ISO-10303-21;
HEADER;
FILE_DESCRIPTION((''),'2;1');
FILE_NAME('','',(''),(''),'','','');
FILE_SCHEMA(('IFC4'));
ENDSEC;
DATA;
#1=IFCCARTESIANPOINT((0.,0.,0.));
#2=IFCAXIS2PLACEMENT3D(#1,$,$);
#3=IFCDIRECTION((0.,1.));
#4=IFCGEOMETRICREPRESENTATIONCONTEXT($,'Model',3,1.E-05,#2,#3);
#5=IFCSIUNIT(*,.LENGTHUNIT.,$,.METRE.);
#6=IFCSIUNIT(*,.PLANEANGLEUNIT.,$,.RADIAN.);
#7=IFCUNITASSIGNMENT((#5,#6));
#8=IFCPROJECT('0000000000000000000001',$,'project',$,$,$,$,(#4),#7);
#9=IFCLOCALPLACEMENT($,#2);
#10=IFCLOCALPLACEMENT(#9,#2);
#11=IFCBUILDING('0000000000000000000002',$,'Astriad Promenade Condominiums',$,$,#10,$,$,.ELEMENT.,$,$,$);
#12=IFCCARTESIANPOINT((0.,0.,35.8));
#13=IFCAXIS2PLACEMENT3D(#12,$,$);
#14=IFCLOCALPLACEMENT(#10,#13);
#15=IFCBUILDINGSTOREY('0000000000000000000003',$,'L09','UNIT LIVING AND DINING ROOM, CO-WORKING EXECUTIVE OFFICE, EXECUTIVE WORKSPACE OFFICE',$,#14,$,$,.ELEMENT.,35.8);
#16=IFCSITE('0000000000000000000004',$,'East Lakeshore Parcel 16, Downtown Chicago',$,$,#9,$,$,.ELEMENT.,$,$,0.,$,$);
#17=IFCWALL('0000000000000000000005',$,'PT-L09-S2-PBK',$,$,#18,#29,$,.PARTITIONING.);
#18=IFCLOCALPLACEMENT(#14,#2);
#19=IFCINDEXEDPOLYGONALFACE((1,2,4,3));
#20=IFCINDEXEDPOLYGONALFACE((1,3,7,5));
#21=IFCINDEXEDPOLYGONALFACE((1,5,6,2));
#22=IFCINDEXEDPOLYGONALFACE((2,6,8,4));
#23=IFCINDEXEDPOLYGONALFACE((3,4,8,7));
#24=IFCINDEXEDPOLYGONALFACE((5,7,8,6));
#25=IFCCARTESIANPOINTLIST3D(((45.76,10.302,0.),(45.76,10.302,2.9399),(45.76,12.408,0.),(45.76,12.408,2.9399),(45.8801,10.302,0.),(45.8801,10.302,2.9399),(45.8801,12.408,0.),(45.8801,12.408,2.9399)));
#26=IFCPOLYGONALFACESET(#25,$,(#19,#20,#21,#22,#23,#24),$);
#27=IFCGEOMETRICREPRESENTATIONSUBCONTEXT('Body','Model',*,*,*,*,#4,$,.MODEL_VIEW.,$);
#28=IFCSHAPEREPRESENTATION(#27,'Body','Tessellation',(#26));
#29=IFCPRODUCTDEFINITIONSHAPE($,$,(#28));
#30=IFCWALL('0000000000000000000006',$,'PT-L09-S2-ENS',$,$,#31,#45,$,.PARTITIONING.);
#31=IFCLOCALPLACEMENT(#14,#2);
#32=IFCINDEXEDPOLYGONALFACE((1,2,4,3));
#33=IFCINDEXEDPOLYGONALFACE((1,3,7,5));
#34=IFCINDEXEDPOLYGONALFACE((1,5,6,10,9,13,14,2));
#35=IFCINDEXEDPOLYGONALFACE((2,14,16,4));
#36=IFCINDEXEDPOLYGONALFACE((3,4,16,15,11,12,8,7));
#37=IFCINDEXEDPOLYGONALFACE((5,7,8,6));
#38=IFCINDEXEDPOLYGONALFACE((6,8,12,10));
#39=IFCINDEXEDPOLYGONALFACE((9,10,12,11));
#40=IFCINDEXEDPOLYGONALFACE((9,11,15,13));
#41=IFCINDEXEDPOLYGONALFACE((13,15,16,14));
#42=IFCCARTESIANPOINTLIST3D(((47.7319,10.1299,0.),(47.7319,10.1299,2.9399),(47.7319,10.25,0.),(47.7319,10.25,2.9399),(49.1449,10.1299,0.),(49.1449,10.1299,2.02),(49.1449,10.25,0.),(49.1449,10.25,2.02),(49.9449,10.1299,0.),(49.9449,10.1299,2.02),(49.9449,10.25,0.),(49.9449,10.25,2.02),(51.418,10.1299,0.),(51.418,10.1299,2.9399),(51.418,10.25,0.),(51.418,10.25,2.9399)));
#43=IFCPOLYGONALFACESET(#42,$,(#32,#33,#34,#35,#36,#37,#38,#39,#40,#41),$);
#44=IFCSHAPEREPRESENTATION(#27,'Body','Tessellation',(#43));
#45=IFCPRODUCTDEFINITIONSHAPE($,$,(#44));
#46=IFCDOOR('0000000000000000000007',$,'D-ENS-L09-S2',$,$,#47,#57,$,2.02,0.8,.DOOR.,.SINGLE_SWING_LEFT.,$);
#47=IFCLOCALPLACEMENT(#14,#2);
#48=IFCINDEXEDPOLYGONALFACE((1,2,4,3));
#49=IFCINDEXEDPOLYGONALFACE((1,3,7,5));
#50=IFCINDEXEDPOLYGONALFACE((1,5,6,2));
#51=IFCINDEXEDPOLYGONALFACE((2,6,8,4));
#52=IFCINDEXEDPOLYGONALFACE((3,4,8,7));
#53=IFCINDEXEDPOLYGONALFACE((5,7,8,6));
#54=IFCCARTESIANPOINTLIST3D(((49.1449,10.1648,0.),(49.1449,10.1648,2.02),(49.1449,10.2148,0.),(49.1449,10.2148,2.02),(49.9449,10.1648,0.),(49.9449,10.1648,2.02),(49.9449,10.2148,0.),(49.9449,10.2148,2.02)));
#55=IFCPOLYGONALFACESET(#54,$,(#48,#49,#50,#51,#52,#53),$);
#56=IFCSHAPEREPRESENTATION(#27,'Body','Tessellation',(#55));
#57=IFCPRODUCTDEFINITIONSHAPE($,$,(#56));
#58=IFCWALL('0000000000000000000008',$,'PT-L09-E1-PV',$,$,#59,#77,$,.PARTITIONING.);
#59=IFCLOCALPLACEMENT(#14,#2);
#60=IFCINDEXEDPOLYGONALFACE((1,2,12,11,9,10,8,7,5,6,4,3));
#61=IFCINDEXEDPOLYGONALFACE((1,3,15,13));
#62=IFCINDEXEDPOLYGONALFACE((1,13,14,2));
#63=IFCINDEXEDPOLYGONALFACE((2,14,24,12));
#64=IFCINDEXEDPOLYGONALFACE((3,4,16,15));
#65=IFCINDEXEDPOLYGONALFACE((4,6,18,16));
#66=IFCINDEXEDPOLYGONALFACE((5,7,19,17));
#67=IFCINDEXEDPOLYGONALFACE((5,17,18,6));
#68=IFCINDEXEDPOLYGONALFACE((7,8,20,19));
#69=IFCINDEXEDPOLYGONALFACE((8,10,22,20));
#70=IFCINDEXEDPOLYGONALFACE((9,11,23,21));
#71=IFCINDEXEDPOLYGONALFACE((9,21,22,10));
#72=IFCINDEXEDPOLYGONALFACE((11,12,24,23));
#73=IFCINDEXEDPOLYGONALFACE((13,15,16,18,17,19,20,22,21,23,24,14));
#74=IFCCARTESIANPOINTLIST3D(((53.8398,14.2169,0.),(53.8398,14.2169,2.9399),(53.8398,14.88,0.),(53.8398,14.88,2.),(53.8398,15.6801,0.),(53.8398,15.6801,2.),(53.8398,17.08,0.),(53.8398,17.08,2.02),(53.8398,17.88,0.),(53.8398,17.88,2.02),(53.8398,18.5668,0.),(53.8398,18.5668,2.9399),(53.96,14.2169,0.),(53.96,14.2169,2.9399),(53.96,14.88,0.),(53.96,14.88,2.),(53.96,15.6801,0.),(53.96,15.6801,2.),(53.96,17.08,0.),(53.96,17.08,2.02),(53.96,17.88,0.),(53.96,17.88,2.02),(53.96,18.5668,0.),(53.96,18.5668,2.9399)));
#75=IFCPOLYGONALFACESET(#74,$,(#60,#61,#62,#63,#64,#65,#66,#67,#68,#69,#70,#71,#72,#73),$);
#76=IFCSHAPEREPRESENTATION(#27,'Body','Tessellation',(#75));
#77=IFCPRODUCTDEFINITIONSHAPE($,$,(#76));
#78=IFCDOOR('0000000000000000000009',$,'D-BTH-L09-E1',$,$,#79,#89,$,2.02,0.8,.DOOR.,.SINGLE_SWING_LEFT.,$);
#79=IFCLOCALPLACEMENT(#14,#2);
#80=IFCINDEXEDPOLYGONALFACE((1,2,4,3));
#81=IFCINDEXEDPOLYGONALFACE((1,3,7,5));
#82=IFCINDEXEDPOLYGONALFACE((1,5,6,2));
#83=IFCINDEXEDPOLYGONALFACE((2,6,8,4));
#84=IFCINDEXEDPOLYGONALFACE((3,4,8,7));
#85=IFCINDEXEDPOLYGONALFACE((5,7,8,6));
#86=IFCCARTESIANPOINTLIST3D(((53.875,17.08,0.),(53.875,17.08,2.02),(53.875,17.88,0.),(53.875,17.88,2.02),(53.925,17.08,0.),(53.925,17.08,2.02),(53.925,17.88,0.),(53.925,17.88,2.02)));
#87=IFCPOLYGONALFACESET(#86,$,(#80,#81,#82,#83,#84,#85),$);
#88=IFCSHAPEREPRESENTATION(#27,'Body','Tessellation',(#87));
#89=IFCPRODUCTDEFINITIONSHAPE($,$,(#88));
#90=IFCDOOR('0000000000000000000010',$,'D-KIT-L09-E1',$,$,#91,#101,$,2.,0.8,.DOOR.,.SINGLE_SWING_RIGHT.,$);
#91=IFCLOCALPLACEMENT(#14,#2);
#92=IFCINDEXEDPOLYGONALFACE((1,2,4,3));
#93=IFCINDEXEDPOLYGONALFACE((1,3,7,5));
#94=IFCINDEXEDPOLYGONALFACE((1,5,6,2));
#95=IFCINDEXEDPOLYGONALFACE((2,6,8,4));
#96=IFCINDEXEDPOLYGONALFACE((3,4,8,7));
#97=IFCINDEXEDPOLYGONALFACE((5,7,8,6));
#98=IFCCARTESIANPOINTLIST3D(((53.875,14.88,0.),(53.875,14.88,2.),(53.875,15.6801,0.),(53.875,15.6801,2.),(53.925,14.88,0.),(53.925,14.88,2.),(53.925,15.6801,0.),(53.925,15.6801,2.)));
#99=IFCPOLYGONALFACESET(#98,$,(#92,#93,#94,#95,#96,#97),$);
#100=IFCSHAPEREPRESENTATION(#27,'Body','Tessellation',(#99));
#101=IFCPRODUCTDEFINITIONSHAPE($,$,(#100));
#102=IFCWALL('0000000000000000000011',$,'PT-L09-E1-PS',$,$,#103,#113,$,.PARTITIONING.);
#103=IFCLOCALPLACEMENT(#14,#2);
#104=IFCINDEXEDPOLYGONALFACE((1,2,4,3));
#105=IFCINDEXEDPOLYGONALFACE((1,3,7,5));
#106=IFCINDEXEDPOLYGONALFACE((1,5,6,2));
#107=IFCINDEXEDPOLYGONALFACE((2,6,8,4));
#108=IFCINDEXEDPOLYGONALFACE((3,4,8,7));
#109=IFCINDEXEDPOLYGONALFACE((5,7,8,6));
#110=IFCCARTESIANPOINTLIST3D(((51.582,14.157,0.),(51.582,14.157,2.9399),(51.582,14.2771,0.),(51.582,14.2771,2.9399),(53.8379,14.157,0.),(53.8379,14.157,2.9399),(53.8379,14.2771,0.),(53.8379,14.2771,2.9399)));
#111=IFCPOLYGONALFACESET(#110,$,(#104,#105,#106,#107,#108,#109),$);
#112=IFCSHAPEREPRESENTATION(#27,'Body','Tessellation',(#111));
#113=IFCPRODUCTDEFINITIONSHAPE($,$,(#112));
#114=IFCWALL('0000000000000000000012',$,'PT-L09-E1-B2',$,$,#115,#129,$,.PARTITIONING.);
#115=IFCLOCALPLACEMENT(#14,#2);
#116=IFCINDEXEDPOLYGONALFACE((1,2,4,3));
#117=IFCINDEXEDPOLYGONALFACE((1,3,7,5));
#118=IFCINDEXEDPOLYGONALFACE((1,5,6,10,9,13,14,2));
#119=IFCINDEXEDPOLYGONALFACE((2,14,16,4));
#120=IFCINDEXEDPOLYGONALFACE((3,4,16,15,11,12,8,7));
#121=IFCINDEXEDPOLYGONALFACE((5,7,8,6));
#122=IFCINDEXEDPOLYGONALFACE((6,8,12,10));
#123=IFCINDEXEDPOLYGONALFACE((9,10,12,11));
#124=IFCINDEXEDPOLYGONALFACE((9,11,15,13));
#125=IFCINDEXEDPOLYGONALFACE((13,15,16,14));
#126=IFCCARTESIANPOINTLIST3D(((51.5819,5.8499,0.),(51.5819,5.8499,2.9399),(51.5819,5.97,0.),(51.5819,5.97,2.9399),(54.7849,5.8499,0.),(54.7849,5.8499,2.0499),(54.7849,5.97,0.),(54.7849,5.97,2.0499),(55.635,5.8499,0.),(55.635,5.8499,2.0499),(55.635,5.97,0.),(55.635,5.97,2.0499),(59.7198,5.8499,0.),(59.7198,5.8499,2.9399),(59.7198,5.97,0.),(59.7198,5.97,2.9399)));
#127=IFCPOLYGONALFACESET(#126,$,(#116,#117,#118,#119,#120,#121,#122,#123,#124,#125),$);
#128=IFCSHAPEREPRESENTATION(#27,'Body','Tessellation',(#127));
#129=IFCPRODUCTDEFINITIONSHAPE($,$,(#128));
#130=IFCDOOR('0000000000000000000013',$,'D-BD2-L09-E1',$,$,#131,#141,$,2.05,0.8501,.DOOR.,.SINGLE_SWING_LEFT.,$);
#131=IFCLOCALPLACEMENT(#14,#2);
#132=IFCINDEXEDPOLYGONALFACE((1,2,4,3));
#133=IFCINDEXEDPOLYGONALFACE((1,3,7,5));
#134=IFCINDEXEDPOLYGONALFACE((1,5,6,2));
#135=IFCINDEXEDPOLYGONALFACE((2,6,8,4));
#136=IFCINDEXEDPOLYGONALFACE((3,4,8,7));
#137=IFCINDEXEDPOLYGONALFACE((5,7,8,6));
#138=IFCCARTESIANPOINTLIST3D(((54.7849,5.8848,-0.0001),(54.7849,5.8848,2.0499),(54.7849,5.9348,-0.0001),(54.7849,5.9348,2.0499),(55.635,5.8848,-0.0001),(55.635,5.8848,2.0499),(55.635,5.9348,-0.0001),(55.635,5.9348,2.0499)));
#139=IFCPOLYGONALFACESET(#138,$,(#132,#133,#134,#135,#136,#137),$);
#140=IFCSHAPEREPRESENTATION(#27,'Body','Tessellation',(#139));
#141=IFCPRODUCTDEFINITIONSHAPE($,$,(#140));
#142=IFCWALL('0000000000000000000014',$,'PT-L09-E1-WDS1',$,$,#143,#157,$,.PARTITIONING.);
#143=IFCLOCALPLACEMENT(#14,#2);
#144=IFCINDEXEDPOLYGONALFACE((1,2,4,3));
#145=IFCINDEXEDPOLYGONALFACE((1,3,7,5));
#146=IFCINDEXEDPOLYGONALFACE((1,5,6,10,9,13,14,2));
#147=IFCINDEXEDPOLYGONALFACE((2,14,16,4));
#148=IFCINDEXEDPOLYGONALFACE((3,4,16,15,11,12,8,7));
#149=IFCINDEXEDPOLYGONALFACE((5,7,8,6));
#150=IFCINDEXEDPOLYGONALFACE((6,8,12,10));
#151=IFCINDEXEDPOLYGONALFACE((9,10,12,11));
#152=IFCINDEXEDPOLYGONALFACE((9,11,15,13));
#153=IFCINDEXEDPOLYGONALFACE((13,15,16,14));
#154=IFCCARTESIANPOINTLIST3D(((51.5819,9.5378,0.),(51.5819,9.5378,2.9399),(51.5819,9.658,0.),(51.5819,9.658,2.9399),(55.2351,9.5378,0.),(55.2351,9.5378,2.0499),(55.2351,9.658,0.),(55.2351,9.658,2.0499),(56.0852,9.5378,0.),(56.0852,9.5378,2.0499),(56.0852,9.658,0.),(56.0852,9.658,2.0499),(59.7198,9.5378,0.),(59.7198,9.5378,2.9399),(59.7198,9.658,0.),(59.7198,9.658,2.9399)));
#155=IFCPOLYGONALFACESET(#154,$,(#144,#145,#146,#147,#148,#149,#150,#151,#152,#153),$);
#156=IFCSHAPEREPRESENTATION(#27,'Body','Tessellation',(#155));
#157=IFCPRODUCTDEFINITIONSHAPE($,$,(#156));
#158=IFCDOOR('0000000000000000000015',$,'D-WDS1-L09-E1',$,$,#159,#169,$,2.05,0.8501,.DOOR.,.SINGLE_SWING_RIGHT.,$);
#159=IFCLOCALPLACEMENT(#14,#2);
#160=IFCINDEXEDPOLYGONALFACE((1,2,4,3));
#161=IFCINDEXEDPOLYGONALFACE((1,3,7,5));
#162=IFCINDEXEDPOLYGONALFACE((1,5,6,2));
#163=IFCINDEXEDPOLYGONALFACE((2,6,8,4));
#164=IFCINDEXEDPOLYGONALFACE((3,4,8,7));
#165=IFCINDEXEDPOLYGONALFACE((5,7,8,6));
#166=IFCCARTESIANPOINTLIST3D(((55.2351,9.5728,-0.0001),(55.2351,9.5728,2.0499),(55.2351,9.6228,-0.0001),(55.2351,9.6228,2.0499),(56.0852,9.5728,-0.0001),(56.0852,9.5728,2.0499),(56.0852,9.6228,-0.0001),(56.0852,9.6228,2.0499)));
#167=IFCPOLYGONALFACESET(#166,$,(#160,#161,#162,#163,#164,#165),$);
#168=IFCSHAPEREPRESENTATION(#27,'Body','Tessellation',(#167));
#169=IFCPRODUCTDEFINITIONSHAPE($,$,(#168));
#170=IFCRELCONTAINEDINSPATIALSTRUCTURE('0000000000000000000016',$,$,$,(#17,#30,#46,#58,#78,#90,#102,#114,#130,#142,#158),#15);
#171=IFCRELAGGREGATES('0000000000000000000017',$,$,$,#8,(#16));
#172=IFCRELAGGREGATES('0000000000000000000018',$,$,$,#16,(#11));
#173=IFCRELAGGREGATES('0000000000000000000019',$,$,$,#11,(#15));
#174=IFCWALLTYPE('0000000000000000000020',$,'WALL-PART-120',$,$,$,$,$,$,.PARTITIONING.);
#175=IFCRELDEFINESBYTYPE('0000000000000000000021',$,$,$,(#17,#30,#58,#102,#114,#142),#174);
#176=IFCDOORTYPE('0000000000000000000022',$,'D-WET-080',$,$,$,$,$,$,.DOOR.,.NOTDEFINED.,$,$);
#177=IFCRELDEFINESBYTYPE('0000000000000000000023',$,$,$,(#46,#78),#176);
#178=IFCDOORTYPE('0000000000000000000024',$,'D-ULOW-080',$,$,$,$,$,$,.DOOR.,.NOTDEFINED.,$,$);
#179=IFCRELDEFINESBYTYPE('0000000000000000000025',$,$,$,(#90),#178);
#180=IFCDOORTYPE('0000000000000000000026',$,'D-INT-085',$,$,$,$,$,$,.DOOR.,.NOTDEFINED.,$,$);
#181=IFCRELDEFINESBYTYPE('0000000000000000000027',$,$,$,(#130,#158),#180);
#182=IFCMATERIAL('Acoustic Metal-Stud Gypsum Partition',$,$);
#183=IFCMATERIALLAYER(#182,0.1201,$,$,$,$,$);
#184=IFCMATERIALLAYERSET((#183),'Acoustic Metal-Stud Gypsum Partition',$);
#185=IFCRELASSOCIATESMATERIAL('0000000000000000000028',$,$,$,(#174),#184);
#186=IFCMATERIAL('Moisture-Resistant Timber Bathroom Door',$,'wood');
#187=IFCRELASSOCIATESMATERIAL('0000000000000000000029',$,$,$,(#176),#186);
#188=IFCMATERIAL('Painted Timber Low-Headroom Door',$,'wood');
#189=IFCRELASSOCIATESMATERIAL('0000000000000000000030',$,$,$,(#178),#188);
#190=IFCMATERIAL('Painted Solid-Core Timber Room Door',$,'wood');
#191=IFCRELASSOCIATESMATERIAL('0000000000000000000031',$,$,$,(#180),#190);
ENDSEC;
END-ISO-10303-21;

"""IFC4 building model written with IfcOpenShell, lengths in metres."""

from ifc_helpers import new_model, si_unit, direction, frame, frame_2d, origin, place, context, subcontext, project, spatial, rectangle, extrude, source, transform, mapped, material, layer, layer_set, type_object, type_shapes, element, fill, save


model = new_model("IFC4")

# Units and contexts
model_context = context("Model", 3, precision=1e-05, world=origin(), true_north=direction((0.0, 1.0)))
body_context = subcontext(model_context, "Body", "Model", "MODEL_VIEW")
ifc_project = project(units=[si_unit("LENGTHUNIT", "METRE"), si_unit("PLANEANGLEUNIT", "RADIAN")], contexts=[model_context])

# Site, building, storey
site_placement = place(None, origin())
site = spatial("IfcSite", under=ifc_project, at=site_placement, Name="East Lakeshore Parcel 16, Downtown Chicago", CompositionType="ELEMENT", RefElevation=0.0)
building_placement = place(site_placement, origin())
building = spatial("IfcBuilding", under=site, at=building_placement, Name="Astriad Promenade Condominiums", CompositionType="ELEMENT")
storey_placement = place(building_placement, frame((0.0, 0.0, 35.8)))
storey = spatial("IfcBuildingStorey", under=building, at=storey_placement, Name="L09", Description="UNIT LIVING AND DINING ROOM, CO-WORKING EXECUTIVE OFFICE, EXECUTIVE WORKSPACE OFFICE", CompositionType="ELEMENT", Elevation=35.8)

# Shared definitions
ifc_material_1 = material(Name="Acoustic Metal-Stud Gypsum Partition")
ifc_layer_1 = layer(ifc_material_1, 0.1201)
ifc_layer_set_1 = layer_set([ifc_layer_1], Name="Acoustic Metal-Stud Gypsum Partition")
wall_type_1 = type_object("IfcWallType", Name="WALL-PART-120", PredefinedType="PARTITIONING", material=ifc_layer_set_1)

# Wall
wall_1_placement = place(storey_placement, frame((45.8201, 10.302, 0.0), z_axis=(0.0, 0.0, 1.0), x_axis=(0.0, 1.0, 0.0)))
element("IfcWall", 1, at=wall_1_placement, inside=storey, type_object=wall_type_1, Name="PT-L09-S2-PBK", PredefinedType="PARTITIONING", context=body_context, shape_type="SweptSolid", body=[
    extrude(rectangle(XDim=2.106, YDim=0.1201, at=frame_2d((1.053, 0.0))), origin(), (0.0, 0.0, 1.0), 2.9399),
])

# Wall, opening, door
wall_2_placement = place(storey_placement, frame((47.7319, 10.1899, 0.0), z_axis=(0.0, 0.0, 1.0), x_axis=(1.0, 0.0, 0.0)))
wall_2 = element("IfcWall", 2, at=wall_2_placement, inside=storey, type_object=wall_type_1, Name="PT-L09-S2-ENS", PredefinedType="PARTITIONING", context=body_context, shape_type="SweptSolid", body=[
    extrude(rectangle(XDim=3.686, YDim=0.1201, at=frame_2d((1.843, 0.0))), origin(), (0.0, 0.0, 1.0), 2.9399),
])
opening_1_placement = place(wall_2_placement, frame((1.4131, 0.0, 0.0)))
opening_1 = element("IfcOpeningElement", 3, at=opening_1_placement, cuts=wall_2, PredefinedType="OPENING", context=body_context, shape_type="SweptSolid", body=[
    extrude(rectangle(XDim=0.8, YDim=2.02, at=frame_2d((0.3999, 1.01))), frame((0.0, 0.0701, 0.0), z_axis=(0.0, -1.0, 0.0), x_axis=(1.0, 0.0, 0.0)), (0.0, 0.0, 1.0), 0.1401),
])
ifc_material_2 = material(Name="Moisture-Resistant Timber Bathroom Door", Category="wood")
door_type_1 = type_object("IfcDoorType", Name="D-WET-080", OperationType="NOTDEFINED", PredefinedType="DOOR", material=ifc_material_2)
shared_shape_1 = source(origin(), body_context, "Body", "SweptSolid", [
    extrude(rectangle(XDim=0.8, YDim=2.02, at=frame_2d((0.3999, 1.01))), frame((0.0, 0.0249, 0.0), z_axis=(0.0, -1.0, 0.0), x_axis=(1.0, 0.0, 0.0)), (0.0, 0.0, 1.0), 0.05),
])
type_shapes(door_type_1, [shared_shape_1])
door_1_placement = place(opening_1_placement, origin())
door_1 = element("IfcDoor", 4, at=door_1_placement, inside=storey, type_object=door_type_1, Name="D-ENS-L09-S2", OperationType="SINGLE_SWING_LEFT", OverallHeight=2.02, OverallWidth=0.8, PredefinedType="DOOR", context=body_context, shape_type="MappedRepresentation", body=[
    mapped(shared_shape_1, transform((0.0, 0.0, 0.0), scale=1.0)),
])
fill(opening_1, door_1)

# Wall, openings, doors
wall_3_placement = place(storey_placement, frame((53.8999, 14.217, 0.0), z_axis=(0.0, 0.0, 1.0), x_axis=(0.0, 1.0, 0.0)))
wall_3 = element("IfcWall", 5, at=wall_3_placement, inside=storey, type_object=wall_type_1, Name="PT-L09-E1-PV", PredefinedType="PARTITIONING", context=body_context, shape_type="SweptSolid", body=[
    extrude(rectangle(XDim=4.3499, YDim=0.1201, at=frame_2d((2.1748, 0.0))), origin(), (0.0, 0.0, 1.0), 2.9399),
])
opening_2_placement = place(wall_3_placement, frame((0.6631, 0.0, 0.0)))
opening_2 = element("IfcOpeningElement", 6, at=opening_2_placement, cuts=wall_3, PredefinedType="OPENING", context=body_context, shape_type="SweptSolid", body=[
    extrude(rectangle(XDim=0.8, YDim=2.0, at=frame_2d((0.3999, 1.0))), frame((0.0, 0.0701, 0.0), z_axis=(0.0, -1.0, 0.0), x_axis=(1.0, 0.0, 0.0)), (0.0, 0.0, 1.0), 0.1401),
])
opening_3_placement = place(wall_3_placement, frame((2.863, 0.0, 0.0)))
opening_3 = element("IfcOpeningElement", 7, at=opening_3_placement, cuts=wall_3, PredefinedType="OPENING", context=body_context, shape_type="SweptSolid", body=[
    extrude(rectangle(XDim=0.8, YDim=2.02, at=frame_2d((0.3999, 1.01))), frame((0.0, 0.0701, 0.0), z_axis=(0.0, -1.0, 0.0), x_axis=(1.0, 0.0, 0.0)), (0.0, 0.0, 1.0), 0.1401),
])
door_2_placement = place(opening_3_placement, origin())
door_2 = element("IfcDoor", 8, at=door_2_placement, inside=storey, type_object=door_type_1, Name="D-BTH-L09-E1", OperationType="SINGLE_SWING_LEFT", OverallHeight=2.02, OverallWidth=0.8, PredefinedType="DOOR", context=body_context, shape_type="MappedRepresentation", body=[
    mapped(shared_shape_1, transform((0.0, 0.0, 0.0), scale=1.0)),
])
fill(opening_3, door_2)
ifc_material_3 = material(Name="Painted Timber Low-Headroom Door", Category="wood")
door_type_2 = type_object("IfcDoorType", Name="D-ULOW-080", OperationType="NOTDEFINED", PredefinedType="DOOR", material=ifc_material_3)
shared_shape_2 = source(origin(), body_context, "Body", "SweptSolid", [
    extrude(rectangle(XDim=0.8, YDim=2.0, at=frame_2d((0.3999, 1.0))), frame((0.0, 0.0249, 0.0), z_axis=(0.0, -1.0, 0.0), x_axis=(1.0, 0.0, 0.0)), (0.0, 0.0, 1.0), 0.05),
])
type_shapes(door_type_2, [shared_shape_2])
door_3_placement = place(opening_2_placement, origin())
door_3 = element("IfcDoor", 9, at=door_3_placement, inside=storey, type_object=door_type_2, Name="D-KIT-L09-E1", OperationType="SINGLE_SWING_RIGHT", OverallHeight=2.0, OverallWidth=0.8, PredefinedType="DOOR", context=body_context, shape_type="MappedRepresentation", body=[
    mapped(shared_shape_2, transform((0.0, 0.0, 0.0), scale=1.0)),
])
fill(opening_2, door_3)

# Wall
wall_4_placement = place(storey_placement, frame((51.582, 14.217, 0.0), z_axis=(0.0, 0.0, 1.0), x_axis=(1.0, 0.0, 0.0)))
element("IfcWall", 10, at=wall_4_placement, inside=storey, type_object=wall_type_1, Name="PT-L09-E1-PS", PredefinedType="PARTITIONING", context=body_context, shape_type="SweptSolid", body=[
    extrude(rectangle(XDim=2.2559, YDim=0.1201, at=frame_2d((1.1279, 0.0))), origin(), (0.0, 0.0, 1.0), 2.9399),
])

# Walls, openings, doors
wall_5_placement = place(storey_placement, frame((51.582, 5.9099, 0.0), z_axis=(0.0, 0.0, 1.0), x_axis=(1.0, 0.0, 0.0)))
wall_5 = element("IfcWall", 11, at=wall_5_placement, inside=storey, type_object=wall_type_1, Name="PT-L09-E1-B2", PredefinedType="PARTITIONING", context=body_context, shape_type="SweptSolid", body=[
    extrude(rectangle(XDim=8.1379, YDim=0.1201, at=frame_2d((4.0688, 0.0))), origin(), (0.0, 0.0, 1.0), 2.9399),
])
opening_4_placement = place(wall_5_placement, frame((3.2029, 0.0, 0.0)))
opening_4 = element("IfcOpeningElement", 12, at=opening_4_placement, cuts=wall_5, PredefinedType="OPENING", context=body_context, shape_type="SweptSolid", body=[
    extrude(rectangle(XDim=0.8501, YDim=2.05, at=frame_2d((0.425, 1.0249))), frame((0.0, 0.0701, 0.0), z_axis=(0.0, -1.0, 0.0), x_axis=(1.0, 0.0, 0.0)), (0.0, 0.0, 1.0), 0.1401),
])
ifc_material_4 = material(Name="Painted Solid-Core Timber Room Door", Category="wood")
door_type_3 = type_object("IfcDoorType", Name="D-INT-085", OperationType="NOTDEFINED", PredefinedType="DOOR", material=ifc_material_4)
shared_shape_3 = source(origin(), body_context, "Body", "SweptSolid", [
    extrude(rectangle(XDim=0.8501, YDim=2.05, at=frame_2d((0.425, 1.0249))), frame((0.0, 0.0249, 0.0), z_axis=(0.0, -1.0, 0.0), x_axis=(1.0, 0.0, 0.0)), (0.0, 0.0, 1.0), 0.05),
])
type_shapes(door_type_3, [shared_shape_3])
door_4_placement = place(opening_4_placement, origin())
door_4 = element("IfcDoor", 13, at=door_4_placement, inside=storey, type_object=door_type_3, Name="D-BD2-L09-E1", OperationType="SINGLE_SWING_LEFT", OverallHeight=2.05, OverallWidth=0.8501, PredefinedType="DOOR", context=body_context, shape_type="MappedRepresentation", body=[
    mapped(shared_shape_3, transform((0.0, 0.0, 0.0), scale=1.0)),
])
fill(opening_4, door_4)
wall_6_placement = place(storey_placement, frame((51.582, 9.5979, 0.0), z_axis=(0.0, 0.0, 1.0), x_axis=(1.0, 0.0, 0.0)))
wall_6 = element("IfcWall", 14, at=wall_6_placement, inside=storey, type_object=wall_type_1, Name="PT-L09-E1-WDS1", PredefinedType="PARTITIONING", context=body_context, shape_type="SweptSolid", body=[
    extrude(rectangle(XDim=8.1379, YDim=0.1201, at=frame_2d((4.0688, 0.0))), origin(), (0.0, 0.0, 1.0), 2.9399),
])
opening_5_placement = place(wall_6_placement, frame((3.6531, 0.0, 0.0)))
opening_5 = element("IfcOpeningElement", 15, at=opening_5_placement, cuts=wall_6, PredefinedType="OPENING", context=body_context, shape_type="SweptSolid", body=[
    extrude(rectangle(XDim=0.8501, YDim=2.05, at=frame_2d((0.425, 1.0249))), frame((0.0, 0.0701, 0.0), z_axis=(0.0, -1.0, 0.0), x_axis=(1.0, 0.0, 0.0)), (0.0, 0.0, 1.0), 0.1401),
])
door_5_placement = place(opening_5_placement, origin())
door_5 = element("IfcDoor", 16, at=door_5_placement, inside=storey, type_object=door_type_3, Name="D-WDS1-L09-E1", OperationType="SINGLE_SWING_RIGHT", OverallHeight=2.05, OverallWidth=0.8501, PredefinedType="DOOR", context=body_context, shape_type="MappedRepresentation", body=[
    mapped(shared_shape_3, transform((0.0, 0.0, 0.0), scale=1.0)),
])
fill(opening_5, door_5)

save(model, "model.ifc")
